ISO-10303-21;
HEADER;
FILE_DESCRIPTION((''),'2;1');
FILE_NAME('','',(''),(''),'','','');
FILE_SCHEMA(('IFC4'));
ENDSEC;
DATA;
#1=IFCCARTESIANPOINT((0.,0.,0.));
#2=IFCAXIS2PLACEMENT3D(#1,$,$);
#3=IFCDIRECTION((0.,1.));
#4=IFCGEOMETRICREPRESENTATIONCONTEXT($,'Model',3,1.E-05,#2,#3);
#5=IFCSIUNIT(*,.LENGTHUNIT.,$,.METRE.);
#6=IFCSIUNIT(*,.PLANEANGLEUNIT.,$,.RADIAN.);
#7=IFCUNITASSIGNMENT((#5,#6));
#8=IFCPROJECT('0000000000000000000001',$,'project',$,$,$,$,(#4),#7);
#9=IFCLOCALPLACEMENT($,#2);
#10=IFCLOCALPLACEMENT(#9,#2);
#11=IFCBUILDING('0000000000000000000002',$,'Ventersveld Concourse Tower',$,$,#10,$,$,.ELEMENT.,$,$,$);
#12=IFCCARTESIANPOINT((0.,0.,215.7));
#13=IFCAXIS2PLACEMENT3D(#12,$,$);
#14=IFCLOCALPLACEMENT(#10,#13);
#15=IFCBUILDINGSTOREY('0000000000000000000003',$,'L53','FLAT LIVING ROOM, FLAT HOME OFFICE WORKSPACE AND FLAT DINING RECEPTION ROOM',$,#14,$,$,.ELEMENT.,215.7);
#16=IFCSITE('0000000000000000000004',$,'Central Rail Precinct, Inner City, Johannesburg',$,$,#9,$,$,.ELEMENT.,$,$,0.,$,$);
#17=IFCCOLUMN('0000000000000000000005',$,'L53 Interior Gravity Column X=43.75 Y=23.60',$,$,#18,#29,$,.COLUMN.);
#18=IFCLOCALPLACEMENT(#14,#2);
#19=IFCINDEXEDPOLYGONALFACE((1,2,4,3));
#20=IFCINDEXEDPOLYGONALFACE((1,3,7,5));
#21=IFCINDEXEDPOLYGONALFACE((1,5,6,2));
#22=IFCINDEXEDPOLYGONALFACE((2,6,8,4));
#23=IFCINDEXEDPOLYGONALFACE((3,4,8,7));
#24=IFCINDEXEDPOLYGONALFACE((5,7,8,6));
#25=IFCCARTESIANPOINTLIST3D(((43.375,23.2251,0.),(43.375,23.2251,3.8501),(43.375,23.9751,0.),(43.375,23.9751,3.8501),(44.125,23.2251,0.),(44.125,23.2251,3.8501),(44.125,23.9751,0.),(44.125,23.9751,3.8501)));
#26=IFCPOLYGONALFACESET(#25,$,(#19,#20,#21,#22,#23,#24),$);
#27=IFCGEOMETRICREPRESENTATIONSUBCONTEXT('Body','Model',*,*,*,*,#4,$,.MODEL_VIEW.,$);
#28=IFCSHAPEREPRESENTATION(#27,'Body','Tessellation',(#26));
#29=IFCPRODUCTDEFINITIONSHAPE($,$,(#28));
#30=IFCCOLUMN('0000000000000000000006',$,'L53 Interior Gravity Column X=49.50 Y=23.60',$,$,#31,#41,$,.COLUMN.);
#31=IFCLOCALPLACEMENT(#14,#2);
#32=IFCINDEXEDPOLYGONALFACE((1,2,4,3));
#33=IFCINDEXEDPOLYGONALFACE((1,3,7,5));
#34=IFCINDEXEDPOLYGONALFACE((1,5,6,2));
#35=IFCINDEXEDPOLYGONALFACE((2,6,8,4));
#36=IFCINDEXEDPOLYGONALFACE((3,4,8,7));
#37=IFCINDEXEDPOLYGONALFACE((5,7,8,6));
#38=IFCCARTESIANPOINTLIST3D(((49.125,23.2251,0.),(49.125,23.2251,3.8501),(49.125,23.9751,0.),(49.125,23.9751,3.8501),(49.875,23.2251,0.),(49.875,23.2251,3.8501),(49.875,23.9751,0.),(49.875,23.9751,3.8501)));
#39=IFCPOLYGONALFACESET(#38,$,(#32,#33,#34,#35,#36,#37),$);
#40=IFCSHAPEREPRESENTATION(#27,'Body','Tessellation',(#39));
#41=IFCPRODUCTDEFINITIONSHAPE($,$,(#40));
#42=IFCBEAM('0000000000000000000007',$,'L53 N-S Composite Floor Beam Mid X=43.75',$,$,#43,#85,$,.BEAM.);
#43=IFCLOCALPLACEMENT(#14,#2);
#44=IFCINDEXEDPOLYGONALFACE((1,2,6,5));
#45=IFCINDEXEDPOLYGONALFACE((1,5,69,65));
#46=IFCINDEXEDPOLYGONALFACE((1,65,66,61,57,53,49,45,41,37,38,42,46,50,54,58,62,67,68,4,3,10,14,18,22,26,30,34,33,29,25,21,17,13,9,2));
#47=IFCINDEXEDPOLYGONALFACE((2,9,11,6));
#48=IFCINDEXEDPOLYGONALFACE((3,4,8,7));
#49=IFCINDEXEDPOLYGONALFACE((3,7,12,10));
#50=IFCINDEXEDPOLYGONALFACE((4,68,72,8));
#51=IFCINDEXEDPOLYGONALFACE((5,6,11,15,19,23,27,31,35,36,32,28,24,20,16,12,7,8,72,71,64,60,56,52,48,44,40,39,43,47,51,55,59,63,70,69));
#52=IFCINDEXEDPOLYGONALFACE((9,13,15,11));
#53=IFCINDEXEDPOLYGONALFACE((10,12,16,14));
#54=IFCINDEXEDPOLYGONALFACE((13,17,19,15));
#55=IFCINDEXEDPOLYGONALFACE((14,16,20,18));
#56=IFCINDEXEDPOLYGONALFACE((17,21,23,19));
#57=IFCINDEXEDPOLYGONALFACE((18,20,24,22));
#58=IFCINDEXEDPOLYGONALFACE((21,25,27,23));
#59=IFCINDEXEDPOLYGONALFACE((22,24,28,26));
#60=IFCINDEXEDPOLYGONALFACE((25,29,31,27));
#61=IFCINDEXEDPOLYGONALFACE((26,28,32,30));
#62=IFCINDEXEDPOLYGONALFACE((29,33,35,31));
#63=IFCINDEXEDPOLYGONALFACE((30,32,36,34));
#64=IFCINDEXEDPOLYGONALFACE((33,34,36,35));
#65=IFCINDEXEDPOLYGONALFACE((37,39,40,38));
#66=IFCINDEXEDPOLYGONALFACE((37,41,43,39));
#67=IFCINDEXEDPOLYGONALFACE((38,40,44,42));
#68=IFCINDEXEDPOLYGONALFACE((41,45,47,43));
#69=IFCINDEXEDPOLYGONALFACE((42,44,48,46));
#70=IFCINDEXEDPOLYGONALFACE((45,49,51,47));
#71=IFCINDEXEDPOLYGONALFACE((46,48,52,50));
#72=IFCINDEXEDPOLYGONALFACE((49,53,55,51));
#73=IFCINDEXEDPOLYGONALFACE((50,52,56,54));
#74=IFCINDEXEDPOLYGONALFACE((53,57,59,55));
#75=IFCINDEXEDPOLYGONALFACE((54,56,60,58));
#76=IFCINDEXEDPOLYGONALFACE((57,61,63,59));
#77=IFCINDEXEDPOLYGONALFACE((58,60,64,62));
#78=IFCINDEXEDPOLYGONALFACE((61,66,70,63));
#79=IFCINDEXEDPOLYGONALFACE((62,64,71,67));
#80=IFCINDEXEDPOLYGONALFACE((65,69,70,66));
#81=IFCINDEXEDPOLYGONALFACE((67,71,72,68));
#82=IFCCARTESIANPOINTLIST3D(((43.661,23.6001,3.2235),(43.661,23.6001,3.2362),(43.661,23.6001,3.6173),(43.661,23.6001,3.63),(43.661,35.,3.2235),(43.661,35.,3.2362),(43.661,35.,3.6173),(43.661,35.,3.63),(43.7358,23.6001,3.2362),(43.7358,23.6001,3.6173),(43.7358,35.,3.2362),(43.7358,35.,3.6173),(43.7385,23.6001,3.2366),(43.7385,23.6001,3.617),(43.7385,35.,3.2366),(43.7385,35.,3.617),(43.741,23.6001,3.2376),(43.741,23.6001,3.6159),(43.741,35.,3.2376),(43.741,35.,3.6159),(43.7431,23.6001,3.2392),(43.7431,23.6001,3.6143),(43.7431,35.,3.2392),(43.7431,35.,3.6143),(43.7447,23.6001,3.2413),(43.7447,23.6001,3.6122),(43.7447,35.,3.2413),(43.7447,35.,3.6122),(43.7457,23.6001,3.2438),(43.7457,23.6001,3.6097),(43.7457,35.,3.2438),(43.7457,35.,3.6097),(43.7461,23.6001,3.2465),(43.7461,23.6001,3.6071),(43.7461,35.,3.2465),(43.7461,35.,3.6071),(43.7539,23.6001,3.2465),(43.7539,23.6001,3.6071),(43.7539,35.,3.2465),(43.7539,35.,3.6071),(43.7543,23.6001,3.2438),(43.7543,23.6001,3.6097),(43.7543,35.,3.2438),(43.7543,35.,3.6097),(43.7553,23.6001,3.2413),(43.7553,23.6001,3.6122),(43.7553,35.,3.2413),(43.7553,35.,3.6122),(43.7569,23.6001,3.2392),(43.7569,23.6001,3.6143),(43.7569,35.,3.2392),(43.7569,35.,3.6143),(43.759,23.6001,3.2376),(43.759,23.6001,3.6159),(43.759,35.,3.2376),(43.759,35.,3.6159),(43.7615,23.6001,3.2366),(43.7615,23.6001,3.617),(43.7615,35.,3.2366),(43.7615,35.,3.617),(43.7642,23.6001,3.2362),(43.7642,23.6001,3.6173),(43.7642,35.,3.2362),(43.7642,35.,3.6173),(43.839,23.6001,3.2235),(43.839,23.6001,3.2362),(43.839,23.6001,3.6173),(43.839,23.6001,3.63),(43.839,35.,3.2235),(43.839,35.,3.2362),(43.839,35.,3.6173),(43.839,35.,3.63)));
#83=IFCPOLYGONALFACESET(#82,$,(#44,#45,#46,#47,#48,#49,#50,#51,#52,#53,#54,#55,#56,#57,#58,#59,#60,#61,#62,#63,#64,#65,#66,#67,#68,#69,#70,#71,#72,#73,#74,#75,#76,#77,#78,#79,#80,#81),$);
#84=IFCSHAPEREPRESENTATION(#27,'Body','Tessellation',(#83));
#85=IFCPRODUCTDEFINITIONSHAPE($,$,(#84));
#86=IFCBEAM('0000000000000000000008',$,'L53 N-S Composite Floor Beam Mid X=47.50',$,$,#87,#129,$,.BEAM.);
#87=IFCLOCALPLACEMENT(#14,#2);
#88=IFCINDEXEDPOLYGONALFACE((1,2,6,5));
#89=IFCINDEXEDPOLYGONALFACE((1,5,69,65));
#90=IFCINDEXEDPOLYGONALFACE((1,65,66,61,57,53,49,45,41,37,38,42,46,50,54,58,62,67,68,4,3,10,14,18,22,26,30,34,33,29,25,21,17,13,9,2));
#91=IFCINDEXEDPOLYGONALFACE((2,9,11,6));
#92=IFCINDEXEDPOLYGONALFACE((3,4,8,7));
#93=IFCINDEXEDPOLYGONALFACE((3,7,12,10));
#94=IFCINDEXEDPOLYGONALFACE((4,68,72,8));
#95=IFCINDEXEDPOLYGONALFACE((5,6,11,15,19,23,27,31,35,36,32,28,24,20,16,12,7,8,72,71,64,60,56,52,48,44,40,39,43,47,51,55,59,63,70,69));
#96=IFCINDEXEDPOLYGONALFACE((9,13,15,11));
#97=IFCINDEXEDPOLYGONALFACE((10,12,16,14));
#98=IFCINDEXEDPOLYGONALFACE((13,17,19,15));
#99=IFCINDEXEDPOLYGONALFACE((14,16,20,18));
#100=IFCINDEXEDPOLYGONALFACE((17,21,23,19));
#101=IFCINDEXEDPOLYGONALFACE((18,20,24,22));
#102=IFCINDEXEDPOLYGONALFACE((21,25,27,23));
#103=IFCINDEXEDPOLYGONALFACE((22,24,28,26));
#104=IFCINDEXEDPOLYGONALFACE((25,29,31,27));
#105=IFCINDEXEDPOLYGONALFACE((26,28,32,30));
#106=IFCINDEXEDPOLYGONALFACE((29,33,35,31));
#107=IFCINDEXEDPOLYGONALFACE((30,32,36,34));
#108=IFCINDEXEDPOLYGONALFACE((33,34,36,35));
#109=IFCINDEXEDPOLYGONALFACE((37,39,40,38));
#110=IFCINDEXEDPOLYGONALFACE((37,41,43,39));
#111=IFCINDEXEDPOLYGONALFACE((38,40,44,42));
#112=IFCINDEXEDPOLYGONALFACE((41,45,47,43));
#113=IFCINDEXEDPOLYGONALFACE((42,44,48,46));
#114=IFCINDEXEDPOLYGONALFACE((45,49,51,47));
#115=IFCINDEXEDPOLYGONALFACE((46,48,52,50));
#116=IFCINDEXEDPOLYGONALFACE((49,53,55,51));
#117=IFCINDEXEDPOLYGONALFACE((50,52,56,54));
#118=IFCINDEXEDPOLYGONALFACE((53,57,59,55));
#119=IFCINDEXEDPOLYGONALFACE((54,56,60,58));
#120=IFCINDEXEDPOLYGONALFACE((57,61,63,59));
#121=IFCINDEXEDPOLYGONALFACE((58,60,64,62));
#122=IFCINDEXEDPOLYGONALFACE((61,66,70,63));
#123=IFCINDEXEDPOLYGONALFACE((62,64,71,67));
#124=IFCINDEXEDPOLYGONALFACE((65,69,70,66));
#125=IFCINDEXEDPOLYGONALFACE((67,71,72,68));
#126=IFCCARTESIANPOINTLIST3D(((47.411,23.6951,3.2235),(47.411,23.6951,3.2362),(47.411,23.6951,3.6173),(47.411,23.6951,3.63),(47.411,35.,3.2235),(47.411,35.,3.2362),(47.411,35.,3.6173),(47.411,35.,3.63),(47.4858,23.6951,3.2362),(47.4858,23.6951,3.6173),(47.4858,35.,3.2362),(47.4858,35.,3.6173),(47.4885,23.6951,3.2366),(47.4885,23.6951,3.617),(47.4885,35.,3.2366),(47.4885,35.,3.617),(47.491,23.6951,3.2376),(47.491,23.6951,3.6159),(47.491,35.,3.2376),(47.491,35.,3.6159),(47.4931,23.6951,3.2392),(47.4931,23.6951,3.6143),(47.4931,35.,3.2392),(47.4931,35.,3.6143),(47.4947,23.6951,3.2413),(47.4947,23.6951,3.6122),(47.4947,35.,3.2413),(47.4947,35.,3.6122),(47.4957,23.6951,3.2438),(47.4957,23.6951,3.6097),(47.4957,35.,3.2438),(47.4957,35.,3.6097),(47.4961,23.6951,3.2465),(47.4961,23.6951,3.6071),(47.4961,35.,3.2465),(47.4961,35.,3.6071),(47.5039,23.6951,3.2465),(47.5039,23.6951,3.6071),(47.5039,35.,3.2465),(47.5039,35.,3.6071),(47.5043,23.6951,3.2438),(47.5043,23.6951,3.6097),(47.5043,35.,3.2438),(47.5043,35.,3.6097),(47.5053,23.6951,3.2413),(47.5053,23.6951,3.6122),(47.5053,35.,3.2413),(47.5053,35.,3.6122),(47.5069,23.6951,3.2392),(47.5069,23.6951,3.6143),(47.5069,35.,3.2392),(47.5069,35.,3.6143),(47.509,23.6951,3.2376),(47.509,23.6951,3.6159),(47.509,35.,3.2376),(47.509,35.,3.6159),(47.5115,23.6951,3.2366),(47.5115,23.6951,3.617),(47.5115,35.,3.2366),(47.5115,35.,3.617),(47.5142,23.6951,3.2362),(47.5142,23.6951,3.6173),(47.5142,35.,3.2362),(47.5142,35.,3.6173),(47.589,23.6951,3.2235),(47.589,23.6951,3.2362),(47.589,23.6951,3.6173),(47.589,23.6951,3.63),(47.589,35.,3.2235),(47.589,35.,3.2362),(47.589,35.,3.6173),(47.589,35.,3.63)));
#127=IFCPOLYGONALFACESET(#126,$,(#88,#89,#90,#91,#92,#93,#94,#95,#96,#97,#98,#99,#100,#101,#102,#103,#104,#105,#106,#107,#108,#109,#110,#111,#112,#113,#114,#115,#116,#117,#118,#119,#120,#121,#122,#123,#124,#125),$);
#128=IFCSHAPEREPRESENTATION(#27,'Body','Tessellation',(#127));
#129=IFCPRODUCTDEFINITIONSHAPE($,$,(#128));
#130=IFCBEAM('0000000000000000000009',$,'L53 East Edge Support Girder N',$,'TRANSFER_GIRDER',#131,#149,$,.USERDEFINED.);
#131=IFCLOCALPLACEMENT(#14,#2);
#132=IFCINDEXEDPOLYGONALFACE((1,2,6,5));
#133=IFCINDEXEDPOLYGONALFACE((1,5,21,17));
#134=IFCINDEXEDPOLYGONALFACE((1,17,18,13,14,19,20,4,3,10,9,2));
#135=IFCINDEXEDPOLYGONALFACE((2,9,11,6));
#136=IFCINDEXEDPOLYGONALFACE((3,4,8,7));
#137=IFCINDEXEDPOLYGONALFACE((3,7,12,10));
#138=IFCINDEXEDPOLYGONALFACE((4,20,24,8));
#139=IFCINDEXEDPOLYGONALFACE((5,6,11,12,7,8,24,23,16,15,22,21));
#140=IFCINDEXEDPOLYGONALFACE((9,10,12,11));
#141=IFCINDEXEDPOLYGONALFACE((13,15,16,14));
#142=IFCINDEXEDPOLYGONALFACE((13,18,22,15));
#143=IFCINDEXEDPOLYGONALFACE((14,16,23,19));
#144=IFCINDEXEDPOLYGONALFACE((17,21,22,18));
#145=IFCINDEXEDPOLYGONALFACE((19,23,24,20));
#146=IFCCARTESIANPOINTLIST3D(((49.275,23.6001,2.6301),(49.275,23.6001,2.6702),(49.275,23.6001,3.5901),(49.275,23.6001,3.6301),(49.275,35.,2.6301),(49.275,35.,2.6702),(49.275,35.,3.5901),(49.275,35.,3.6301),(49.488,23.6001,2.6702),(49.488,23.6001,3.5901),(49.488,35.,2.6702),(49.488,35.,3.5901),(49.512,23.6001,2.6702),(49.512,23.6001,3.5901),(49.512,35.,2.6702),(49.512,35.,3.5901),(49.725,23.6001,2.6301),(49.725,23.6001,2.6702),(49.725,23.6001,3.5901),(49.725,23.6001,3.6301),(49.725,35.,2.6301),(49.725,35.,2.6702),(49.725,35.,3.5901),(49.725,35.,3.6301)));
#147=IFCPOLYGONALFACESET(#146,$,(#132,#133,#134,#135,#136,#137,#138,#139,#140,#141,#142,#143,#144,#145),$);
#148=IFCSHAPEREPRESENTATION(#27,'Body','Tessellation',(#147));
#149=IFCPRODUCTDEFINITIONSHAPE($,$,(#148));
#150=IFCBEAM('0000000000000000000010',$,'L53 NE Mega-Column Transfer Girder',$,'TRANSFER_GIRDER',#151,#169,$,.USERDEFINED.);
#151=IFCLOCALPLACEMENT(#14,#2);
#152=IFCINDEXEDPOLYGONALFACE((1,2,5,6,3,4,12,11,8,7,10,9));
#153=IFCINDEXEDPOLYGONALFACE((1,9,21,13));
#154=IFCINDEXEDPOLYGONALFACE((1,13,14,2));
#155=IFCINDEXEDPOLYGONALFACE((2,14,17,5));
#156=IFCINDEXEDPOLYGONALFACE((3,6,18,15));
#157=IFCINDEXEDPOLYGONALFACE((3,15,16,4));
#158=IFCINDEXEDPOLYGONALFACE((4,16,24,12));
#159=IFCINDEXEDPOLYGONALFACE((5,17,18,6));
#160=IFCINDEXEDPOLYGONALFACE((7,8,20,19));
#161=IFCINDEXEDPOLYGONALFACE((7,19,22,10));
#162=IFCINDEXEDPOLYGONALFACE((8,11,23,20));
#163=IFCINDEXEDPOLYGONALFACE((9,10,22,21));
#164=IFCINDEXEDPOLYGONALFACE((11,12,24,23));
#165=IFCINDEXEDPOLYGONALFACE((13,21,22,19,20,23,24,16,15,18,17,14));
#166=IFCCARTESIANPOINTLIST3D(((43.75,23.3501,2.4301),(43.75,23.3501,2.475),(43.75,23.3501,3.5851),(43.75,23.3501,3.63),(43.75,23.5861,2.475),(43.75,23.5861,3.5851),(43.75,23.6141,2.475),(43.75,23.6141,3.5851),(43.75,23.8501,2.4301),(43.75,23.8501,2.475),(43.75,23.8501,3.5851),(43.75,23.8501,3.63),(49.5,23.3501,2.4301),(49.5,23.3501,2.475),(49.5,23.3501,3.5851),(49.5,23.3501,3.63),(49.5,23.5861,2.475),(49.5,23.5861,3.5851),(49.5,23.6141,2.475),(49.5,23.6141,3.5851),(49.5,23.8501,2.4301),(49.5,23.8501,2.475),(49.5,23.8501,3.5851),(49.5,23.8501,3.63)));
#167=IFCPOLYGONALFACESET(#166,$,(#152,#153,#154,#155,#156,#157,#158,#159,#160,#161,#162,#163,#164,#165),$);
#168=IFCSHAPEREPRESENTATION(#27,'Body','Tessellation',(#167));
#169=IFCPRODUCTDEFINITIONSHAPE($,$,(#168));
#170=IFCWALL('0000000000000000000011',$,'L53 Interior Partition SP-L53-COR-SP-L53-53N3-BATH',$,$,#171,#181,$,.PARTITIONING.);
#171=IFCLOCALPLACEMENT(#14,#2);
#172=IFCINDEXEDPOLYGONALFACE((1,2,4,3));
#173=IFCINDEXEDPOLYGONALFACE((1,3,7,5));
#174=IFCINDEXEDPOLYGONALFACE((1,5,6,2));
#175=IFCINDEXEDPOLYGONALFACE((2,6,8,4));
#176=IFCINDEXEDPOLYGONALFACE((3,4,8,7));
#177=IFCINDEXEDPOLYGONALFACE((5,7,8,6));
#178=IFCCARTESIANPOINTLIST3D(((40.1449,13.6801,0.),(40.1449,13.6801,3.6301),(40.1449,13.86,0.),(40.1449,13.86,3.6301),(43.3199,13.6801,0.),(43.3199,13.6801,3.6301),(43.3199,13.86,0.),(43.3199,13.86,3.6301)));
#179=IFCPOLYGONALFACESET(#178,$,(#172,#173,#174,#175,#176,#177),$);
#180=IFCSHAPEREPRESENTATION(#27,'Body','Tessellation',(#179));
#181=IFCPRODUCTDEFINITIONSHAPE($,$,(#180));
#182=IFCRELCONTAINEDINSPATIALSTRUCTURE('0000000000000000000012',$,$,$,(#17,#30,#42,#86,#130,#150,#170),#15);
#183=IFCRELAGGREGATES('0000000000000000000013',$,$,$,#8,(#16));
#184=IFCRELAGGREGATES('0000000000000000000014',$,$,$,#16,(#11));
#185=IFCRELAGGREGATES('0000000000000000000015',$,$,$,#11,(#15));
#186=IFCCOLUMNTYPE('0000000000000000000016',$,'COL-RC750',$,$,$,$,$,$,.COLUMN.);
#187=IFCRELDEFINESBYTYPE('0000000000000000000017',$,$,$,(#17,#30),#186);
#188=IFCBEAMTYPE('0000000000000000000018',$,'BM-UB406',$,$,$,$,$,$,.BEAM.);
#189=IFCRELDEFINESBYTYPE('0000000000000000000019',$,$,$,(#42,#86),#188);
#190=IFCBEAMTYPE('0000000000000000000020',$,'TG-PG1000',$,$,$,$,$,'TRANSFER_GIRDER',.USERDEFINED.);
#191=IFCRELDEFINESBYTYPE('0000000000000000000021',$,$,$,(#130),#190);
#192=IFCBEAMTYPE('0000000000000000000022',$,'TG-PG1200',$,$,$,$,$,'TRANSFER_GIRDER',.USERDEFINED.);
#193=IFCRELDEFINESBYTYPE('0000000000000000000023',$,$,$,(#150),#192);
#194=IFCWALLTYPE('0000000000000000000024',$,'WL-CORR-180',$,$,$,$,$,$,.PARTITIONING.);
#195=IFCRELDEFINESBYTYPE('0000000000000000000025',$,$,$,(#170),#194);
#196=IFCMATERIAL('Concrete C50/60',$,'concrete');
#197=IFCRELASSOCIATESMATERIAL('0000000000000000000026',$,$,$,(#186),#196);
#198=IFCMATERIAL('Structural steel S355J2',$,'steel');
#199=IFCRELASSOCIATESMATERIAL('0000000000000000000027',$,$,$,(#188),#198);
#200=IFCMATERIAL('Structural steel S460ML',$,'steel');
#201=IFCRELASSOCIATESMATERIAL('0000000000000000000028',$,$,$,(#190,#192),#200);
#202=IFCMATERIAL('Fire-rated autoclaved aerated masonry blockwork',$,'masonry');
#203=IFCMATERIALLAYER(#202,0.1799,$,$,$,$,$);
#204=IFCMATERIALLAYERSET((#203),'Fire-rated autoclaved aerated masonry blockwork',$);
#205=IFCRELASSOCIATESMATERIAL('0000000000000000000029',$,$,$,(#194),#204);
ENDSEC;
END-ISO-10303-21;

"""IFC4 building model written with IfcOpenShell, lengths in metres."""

from ifc_helpers import new_model, si_unit, direction, frame, frame_2d, origin, origin_2d, place, context, subcontext, project, spatial, rectangle, i_section, extrude, material, layer, layer_set, material_profile, profile_set, type_object, element, save


model = new_model("IFC4")

# Units and contexts
model_context = context("Model", 3, precision=1e-05, world=origin(), true_north=direction((0.0, 1.0)))
body_context = subcontext(model_context, "Body", "Model", "MODEL_VIEW")
ifc_project = project(units=[si_unit("LENGTHUNIT", "METRE"), si_unit("PLANEANGLEUNIT", "RADIAN")], contexts=[model_context])

# Site, building, storey
site_placement = place(None, origin())
site = spatial("IfcSite", under=ifc_project, at=site_placement, Name="Central Rail Precinct, Inner City, Johannesburg", CompositionType="ELEMENT", RefElevation=0.0)
building_placement = place(site_placement, origin())
building = spatial("IfcBuilding", under=site, at=building_placement, Name="Ventersveld Concourse Tower", CompositionType="ELEMENT")
storey_placement = place(building_placement, frame((0.0, 0.0, 215.7)))
storey = spatial("IfcBuildingStorey", under=building, at=storey_placement, Name="L53", Description="FLAT LIVING ROOM, FLAT HOME OFFICE WORKSPACE AND FLAT DINING RECEPTION ROOM", CompositionType="ELEMENT", Elevation=215.7)

# Columns
ifc_material_1 = material(Name="Concrete C50/60", Category="concrete")
ifc_material_profile_1 = material_profile(ifc_material_1, rectangle(XDim=0.75, YDim=0.75, at=origin_2d()), Name="RC 750x750")
ifc_profile_set_1 = profile_set([ifc_material_profile_1], Name="Concrete C50/60")
column_type = type_object("IfcColumnType", Name="COL-RC750", PredefinedType="COLUMN", material=ifc_profile_set_1)
for number, where, z_axis, x_axis, name in (
    (1, (43.75, 23.6001, 0.0), (0.0, 0.0, 1.0), (1.0, 0.0, 0.0), "L53 Interior Gravity Column X=43.75 Y=23.60"),
    (2, (49.5, 23.6001, 0.0), (0.0, 0.0, 1.0), (1.0, 0.0, 0.0), "L53 Interior Gravity Column X=49.50 Y=23.60"),
):
    element("IfcColumn", number, at=place(storey_placement, frame(where, z_axis=z_axis, x_axis=x_axis)), inside=storey, type_object=column_type, Name=name, PredefinedType="COLUMN", context=body_context, shape_type="SweptSolid", body=[
        extrude(rectangle(XDim=0.75, YDim=0.75, at=origin_2d()), origin(), (0.0, 0.0, 1.0), 3.8501),
    ])

# Beams
ifc_material_2 = material(Name="Structural steel S355J2", Category="steel")
ifc_material_profile_2 = material_profile(ifc_material_2, i_section(OverallWidth=0.178, OverallDepth=0.4065, WebThickness=0.0078, FlangeThickness=0.0127, FilletRadius=0.0103, at=origin_2d()), Name="UB 406x178x60")
ifc_profile_set_2 = profile_set([ifc_material_profile_2], Name="Structural steel S355J2")
beam_type_1 = type_object("IfcBeamType", Name="BM-UB406", PredefinedType="BEAM", material=ifc_profile_set_2)
beam_1_placement = place(storey_placement, frame((43.75, 23.6001, 3.4268), z_axis=(0.0, 1.0, 0.0), x_axis=(-1.0, 0.0, 0.0)))
element("IfcBeam", 3, at=beam_1_placement, inside=storey, type_object=beam_type_1, Name="L53 N-S Composite Floor Beam Mid X=43.75", PredefinedType="BEAM", context=body_context, shape_type="SweptSolid", body=[
    extrude(i_section(OverallWidth=0.178, OverallDepth=0.4065, WebThickness=0.0078, FlangeThickness=0.0127, FilletRadius=0.0103, at=origin_2d()), origin(), (0.0, 0.0, 1.0), 11.3999),
])
beam_2_placement = place(storey_placement, frame((47.5, 23.6951, 3.4268), z_axis=(0.0, 1.0, 0.0), x_axis=(-1.0, 0.0, 0.0)))
element("IfcBeam", 4, at=beam_2_placement, inside=storey, type_object=beam_type_1, Name="L53 N-S Composite Floor Beam Mid X=47.50", PredefinedType="BEAM", context=body_context, shape_type="SweptSolid", body=[
    extrude(i_section(OverallWidth=0.178, OverallDepth=0.4065, WebThickness=0.0078, FlangeThickness=0.0127, FilletRadius=0.0103, at=origin_2d()), origin(), (0.0, 0.0, 1.0), 11.3049),
])
ifc_material_3 = material(Name="Structural steel S460ML", Category="steel")
ifc_material_profile_3 = material_profile(ifc_material_3, i_section(OverallWidth=0.45, OverallDepth=1.0, WebThickness=0.0239, FlangeThickness=0.04, at=origin_2d()), Name="PG 1000x450x40")
ifc_profile_set_3 = profile_set([ifc_material_profile_3], Name="Structural steel S460ML")
beam_type_2 = type_object("IfcBeamType", Name="TG-PG1000", ElementType="TRANSFER_GIRDER", PredefinedType="USERDEFINED", material=ifc_profile_set_3)
beam_3_placement = place(storey_placement, frame((49.5, 23.6001, 3.1301), z_axis=(0.0, 1.0, 0.0), x_axis=(-1.0, 0.0, 0.0)))
element("IfcBeam", 5, at=beam_3_placement, inside=storey, type_object=beam_type_2, Name="L53 East Edge Support Girder N", ObjectType="TRANSFER_GIRDER", PredefinedType="USERDEFINED", context=body_context, shape_type="SweptSolid", body=[
    extrude(i_section(OverallWidth=0.45, OverallDepth=1.0, WebThickness=0.0239, FlangeThickness=0.04, at=origin_2d()), origin(), (0.0, 0.0, 1.0), 11.3999),
])
ifc_material_profile_4 = material_profile(ifc_material_3, i_section(OverallWidth=0.5, OverallDepth=1.2, WebThickness=0.0281, FlangeThickness=0.0449, at=origin_2d()), Name="PG 1200x500x45")
ifc_profile_set_4 = profile_set([ifc_material_profile_4], Name="Structural steel S460ML")
beam_type_3 = type_object("IfcBeamType", Name="TG-PG1200", ElementType="TRANSFER_GIRDER", PredefinedType="USERDEFINED", material=ifc_profile_set_4)
beam_4_placement = place(storey_placement, frame((43.75, 23.6001, 3.03), z_axis=(1.0, 0.0, 0.0), x_axis=(0.0, 1.0, 0.0)))
element("IfcBeam", 6, at=beam_4_placement, inside=storey, type_object=beam_type_3, Name="L53 NE Mega-Column Transfer Girder", ObjectType="TRANSFER_GIRDER", PredefinedType="USERDEFINED", context=body_context, shape_type="SweptSolid", body=[
    extrude(i_section(OverallWidth=0.5, OverallDepth=1.2, WebThickness=0.0281, FlangeThickness=0.0449, at=origin_2d()), origin(), (0.0, 0.0, 1.0), 5.75),
])

# Shared definitions
ifc_material_4 = material(Name="Fire-rated autoclaved aerated masonry blockwork", Category="masonry")
ifc_layer_1 = layer(ifc_material_4, 0.1799)
ifc_layer_set_1 = layer_set([ifc_layer_1], Name="Fire-rated autoclaved aerated masonry blockwork")
wall_type_1 = type_object("IfcWallType", Name="WL-CORR-180", PredefinedType="PARTITIONING", material=ifc_layer_set_1)

# Wall
wall_1_placement = place(storey_placement, frame((40.145, 13.77, 0.0), z_axis=(0.0, 0.0, 1.0), x_axis=(1.0, 0.0, 0.0)))
element("IfcWall", 7, at=wall_1_placement, inside=storey, type_object=wall_type_1, Name="L53 Interior Partition SP-L53-COR-SP-L53-53N3-BATH", PredefinedType="PARTITIONING", context=body_context, shape_type="SweptSolid", body=[
    extrude(rectangle(XDim=3.175, YDim=0.1799, at=frame_2d((1.5874, 0.0))), origin(), (0.0, 0.0, 1.0), 3.6301),
])

save(model, "model.ifc")
